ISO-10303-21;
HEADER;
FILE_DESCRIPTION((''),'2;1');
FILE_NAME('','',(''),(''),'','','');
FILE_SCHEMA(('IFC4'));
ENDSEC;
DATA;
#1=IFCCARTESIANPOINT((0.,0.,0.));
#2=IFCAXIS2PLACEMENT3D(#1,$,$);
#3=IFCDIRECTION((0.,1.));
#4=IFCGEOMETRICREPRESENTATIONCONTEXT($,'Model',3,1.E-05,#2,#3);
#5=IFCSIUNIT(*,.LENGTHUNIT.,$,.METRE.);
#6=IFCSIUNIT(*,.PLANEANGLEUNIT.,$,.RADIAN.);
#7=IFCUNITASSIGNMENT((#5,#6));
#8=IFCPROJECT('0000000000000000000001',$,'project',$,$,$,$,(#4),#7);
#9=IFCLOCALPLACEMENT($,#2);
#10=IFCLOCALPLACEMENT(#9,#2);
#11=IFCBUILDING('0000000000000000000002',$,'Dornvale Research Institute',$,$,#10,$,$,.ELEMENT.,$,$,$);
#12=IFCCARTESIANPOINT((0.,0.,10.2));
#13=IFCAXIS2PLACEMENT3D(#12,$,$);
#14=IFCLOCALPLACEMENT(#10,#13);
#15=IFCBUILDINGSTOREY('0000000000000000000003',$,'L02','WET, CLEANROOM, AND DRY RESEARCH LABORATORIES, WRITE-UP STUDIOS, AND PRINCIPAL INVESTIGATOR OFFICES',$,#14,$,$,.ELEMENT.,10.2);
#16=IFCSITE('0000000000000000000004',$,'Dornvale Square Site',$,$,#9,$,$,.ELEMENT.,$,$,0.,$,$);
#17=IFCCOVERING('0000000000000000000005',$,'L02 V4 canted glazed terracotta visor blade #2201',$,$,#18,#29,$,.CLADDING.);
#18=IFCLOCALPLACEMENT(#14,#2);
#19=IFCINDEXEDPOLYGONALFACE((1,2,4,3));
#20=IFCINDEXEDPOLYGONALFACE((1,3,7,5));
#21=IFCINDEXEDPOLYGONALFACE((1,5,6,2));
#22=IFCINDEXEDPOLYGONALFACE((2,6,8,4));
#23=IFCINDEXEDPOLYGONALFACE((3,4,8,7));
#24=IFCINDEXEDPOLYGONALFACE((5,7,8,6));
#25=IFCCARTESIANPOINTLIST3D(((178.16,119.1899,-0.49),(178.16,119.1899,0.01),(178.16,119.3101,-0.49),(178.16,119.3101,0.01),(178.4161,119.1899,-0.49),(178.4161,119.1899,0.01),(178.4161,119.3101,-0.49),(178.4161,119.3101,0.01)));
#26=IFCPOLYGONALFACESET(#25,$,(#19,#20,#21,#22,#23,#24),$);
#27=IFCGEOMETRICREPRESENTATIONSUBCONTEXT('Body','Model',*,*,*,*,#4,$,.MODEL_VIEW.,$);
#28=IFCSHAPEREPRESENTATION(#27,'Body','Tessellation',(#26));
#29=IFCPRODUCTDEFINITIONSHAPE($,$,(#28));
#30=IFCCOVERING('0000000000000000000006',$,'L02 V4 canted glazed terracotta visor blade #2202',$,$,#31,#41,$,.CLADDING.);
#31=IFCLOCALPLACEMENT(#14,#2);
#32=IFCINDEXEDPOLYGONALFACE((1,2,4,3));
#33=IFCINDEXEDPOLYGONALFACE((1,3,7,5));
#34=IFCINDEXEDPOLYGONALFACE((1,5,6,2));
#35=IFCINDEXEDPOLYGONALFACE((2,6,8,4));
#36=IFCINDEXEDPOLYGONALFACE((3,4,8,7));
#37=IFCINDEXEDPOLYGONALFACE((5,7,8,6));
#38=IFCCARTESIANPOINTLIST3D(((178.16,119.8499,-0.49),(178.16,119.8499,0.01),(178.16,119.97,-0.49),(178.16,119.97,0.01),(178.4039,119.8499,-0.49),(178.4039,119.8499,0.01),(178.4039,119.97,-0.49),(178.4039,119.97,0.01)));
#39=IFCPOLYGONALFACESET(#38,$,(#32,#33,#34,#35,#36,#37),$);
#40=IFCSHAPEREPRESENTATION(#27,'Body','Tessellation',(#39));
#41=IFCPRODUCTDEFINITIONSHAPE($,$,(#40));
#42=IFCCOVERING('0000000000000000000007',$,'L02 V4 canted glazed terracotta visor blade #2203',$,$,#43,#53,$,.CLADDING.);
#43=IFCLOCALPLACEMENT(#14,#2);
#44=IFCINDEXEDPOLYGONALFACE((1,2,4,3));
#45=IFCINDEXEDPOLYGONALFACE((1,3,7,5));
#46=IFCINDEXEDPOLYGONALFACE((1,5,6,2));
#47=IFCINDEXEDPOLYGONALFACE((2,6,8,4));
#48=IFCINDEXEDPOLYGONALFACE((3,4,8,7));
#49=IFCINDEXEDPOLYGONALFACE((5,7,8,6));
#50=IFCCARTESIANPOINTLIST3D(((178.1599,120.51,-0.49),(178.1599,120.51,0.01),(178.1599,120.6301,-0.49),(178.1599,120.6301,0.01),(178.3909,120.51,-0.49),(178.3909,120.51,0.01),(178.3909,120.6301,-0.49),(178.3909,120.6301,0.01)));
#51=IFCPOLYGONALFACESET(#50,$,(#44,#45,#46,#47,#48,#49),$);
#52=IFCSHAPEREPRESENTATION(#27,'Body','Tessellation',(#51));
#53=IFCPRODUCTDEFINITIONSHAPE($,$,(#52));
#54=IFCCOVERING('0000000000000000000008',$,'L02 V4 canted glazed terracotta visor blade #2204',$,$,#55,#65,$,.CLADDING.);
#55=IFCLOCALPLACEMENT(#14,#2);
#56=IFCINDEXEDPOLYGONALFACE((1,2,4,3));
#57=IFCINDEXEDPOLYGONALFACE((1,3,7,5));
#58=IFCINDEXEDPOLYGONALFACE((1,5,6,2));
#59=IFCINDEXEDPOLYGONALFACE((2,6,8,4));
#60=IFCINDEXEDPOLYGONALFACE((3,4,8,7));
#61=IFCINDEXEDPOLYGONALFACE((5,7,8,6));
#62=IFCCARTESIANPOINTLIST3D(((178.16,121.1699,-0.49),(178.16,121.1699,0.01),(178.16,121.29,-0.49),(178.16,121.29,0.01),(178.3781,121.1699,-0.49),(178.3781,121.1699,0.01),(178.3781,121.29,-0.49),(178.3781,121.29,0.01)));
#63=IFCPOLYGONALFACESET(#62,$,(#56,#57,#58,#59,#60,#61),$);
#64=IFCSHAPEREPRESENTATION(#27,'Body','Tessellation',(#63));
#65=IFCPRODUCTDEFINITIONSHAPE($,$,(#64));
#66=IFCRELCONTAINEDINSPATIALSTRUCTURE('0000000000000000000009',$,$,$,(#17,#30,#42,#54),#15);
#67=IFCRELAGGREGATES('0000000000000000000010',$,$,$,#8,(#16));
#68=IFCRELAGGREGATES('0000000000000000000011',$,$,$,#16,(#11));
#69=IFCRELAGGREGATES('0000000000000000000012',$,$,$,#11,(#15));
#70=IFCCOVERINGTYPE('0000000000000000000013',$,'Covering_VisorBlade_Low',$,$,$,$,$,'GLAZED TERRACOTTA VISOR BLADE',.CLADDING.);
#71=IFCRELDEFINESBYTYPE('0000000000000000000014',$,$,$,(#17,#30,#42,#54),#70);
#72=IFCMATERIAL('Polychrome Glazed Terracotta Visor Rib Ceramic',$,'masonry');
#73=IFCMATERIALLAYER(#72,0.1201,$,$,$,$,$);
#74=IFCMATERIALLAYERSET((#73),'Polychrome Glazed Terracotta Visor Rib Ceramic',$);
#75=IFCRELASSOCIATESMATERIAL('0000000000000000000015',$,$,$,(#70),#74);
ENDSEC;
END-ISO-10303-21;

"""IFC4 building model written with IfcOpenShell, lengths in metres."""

from ifc_helpers import new_model, si_unit, direction, frame, origin, origin_2d, place, context, subcontext, project, spatial, rectangle, extrude, material, layer, layer_set, type_object, element, save


model = new_model("IFC4")

# Units and contexts
model_context = context("Model", 3, precision=1e-05, world=origin(), true_north=direction((0.0, 1.0)))
body_context = subcontext(model_context, "Body", "Model", "MODEL_VIEW")
ifc_project = project(units=[si_unit("LENGTHUNIT", "METRE"), si_unit("PLANEANGLEUNIT", "RADIAN")], contexts=[model_context])

# Site, building, storey
site_placement = place(None, origin())
site = spatial("IfcSite", under=ifc_project, at=site_placement, Name="Dornvale Square Site", CompositionType="ELEMENT", RefElevation=0.0)
building_placement = place(site_placement, origin())
building = spatial("IfcBuilding", under=site, at=building_placement, Name="Dornvale Research Institute", CompositionType="ELEMENT")
storey_placement = place(building_placement, frame((0.0, 0.0, 10.2)))
storey = spatial("IfcBuildingStorey", under=building, at=storey_placement, Name="L02", Description="WET, CLEANROOM, AND DRY RESEARCH LABORATORIES, WRITE-UP STUDIOS, AND PRINCIPAL INVESTIGATOR OFFICES", CompositionType="ELEMENT", Elevation=10.2)

# Coverings
ifc_material_1 = material(Name="Polychrome Glazed Terracotta Visor Rib Ceramic", Category="masonry")
ifc_layer_1 = layer(ifc_material_1, 0.1201)
ifc_layer_set_1 = layer_set([ifc_layer_1], Name="Polychrome Glazed Terracotta Visor Rib Ceramic")
covering_type = type_object("IfcCoveringType", Name="Covering_VisorBlade_Low", ElementType="GLAZED TERRACOTTA VISOR BLADE", PredefinedType="CLADDING", material=ifc_layer_set_1)
covering_1_placement = place(storey_placement, frame((178.2881, 119.25, -0.49), z_axis=(0.0, 0.0, 1.0), x_axis=(1.0, 0.0, 0.0)))
element("IfcCovering", 1, at=covering_1_placement, inside=storey, type_object=covering_type, Name="L02 V4 canted glazed terracotta visor blade #2201", PredefinedType="CLADDING", context=body_context, shape_type="SweptSolid", body=[
    extrude(rectangle(XDim=0.2561, YDim=0.1201, at=origin_2d()), origin(), (0.0, 0.0, 1.0), 0.5),
])
covering_2_placement = place(storey_placement, frame((178.282, 119.9099, -0.49), z_axis=(0.0, 0.0, 1.0), x_axis=(1.0, 0.0, 0.0)))
element("IfcCovering", 2, at=covering_2_placement, inside=storey, type_object=covering_type, Name="L02 V4 canted glazed terracotta visor blade #2202", PredefinedType="CLADDING", context=body_context, shape_type="SweptSolid", body=[
    extrude(rectangle(XDim=0.2439, YDim=0.1201, at=origin_2d()), origin(), (0.0, 0.0, 1.0), 0.5),
])
covering_3_placement = place(storey_placement, frame((178.2754, 120.5701, -0.49), z_axis=(0.0, 0.0, 1.0), x_axis=(1.0, 0.0, 0.0)))
element("IfcCovering", 3, at=covering_3_placement, inside=storey, type_object=covering_type, Name="L02 V4 canted glazed terracotta visor blade #2203", PredefinedType="CLADDING", context=body_context, shape_type="SweptSolid", body=[
    extrude(rectangle(XDim=0.231, YDim=0.1201, at=origin_2d()), origin(), (0.0, 0.0, 1.0), 0.5),
])
covering_4_placement = place(storey_placement, frame((178.269, 121.23, -0.49), z_axis=(0.0, 0.0, 1.0), x_axis=(1.0, 0.0, 0.0)))
element("IfcCovering", 4, at=covering_4_placement, inside=storey, type_object=covering_type, Name="L02 V4 canted glazed terracotta visor blade #2204", PredefinedType="CLADDING", context=body_context, shape_type="SweptSolid", body=[
    extrude(rectangle(XDim=0.218, YDim=0.1201, at=origin_2d()), origin(), (0.0, 0.0, 1.0), 0.5),
])

save(model, "model.ifc")
